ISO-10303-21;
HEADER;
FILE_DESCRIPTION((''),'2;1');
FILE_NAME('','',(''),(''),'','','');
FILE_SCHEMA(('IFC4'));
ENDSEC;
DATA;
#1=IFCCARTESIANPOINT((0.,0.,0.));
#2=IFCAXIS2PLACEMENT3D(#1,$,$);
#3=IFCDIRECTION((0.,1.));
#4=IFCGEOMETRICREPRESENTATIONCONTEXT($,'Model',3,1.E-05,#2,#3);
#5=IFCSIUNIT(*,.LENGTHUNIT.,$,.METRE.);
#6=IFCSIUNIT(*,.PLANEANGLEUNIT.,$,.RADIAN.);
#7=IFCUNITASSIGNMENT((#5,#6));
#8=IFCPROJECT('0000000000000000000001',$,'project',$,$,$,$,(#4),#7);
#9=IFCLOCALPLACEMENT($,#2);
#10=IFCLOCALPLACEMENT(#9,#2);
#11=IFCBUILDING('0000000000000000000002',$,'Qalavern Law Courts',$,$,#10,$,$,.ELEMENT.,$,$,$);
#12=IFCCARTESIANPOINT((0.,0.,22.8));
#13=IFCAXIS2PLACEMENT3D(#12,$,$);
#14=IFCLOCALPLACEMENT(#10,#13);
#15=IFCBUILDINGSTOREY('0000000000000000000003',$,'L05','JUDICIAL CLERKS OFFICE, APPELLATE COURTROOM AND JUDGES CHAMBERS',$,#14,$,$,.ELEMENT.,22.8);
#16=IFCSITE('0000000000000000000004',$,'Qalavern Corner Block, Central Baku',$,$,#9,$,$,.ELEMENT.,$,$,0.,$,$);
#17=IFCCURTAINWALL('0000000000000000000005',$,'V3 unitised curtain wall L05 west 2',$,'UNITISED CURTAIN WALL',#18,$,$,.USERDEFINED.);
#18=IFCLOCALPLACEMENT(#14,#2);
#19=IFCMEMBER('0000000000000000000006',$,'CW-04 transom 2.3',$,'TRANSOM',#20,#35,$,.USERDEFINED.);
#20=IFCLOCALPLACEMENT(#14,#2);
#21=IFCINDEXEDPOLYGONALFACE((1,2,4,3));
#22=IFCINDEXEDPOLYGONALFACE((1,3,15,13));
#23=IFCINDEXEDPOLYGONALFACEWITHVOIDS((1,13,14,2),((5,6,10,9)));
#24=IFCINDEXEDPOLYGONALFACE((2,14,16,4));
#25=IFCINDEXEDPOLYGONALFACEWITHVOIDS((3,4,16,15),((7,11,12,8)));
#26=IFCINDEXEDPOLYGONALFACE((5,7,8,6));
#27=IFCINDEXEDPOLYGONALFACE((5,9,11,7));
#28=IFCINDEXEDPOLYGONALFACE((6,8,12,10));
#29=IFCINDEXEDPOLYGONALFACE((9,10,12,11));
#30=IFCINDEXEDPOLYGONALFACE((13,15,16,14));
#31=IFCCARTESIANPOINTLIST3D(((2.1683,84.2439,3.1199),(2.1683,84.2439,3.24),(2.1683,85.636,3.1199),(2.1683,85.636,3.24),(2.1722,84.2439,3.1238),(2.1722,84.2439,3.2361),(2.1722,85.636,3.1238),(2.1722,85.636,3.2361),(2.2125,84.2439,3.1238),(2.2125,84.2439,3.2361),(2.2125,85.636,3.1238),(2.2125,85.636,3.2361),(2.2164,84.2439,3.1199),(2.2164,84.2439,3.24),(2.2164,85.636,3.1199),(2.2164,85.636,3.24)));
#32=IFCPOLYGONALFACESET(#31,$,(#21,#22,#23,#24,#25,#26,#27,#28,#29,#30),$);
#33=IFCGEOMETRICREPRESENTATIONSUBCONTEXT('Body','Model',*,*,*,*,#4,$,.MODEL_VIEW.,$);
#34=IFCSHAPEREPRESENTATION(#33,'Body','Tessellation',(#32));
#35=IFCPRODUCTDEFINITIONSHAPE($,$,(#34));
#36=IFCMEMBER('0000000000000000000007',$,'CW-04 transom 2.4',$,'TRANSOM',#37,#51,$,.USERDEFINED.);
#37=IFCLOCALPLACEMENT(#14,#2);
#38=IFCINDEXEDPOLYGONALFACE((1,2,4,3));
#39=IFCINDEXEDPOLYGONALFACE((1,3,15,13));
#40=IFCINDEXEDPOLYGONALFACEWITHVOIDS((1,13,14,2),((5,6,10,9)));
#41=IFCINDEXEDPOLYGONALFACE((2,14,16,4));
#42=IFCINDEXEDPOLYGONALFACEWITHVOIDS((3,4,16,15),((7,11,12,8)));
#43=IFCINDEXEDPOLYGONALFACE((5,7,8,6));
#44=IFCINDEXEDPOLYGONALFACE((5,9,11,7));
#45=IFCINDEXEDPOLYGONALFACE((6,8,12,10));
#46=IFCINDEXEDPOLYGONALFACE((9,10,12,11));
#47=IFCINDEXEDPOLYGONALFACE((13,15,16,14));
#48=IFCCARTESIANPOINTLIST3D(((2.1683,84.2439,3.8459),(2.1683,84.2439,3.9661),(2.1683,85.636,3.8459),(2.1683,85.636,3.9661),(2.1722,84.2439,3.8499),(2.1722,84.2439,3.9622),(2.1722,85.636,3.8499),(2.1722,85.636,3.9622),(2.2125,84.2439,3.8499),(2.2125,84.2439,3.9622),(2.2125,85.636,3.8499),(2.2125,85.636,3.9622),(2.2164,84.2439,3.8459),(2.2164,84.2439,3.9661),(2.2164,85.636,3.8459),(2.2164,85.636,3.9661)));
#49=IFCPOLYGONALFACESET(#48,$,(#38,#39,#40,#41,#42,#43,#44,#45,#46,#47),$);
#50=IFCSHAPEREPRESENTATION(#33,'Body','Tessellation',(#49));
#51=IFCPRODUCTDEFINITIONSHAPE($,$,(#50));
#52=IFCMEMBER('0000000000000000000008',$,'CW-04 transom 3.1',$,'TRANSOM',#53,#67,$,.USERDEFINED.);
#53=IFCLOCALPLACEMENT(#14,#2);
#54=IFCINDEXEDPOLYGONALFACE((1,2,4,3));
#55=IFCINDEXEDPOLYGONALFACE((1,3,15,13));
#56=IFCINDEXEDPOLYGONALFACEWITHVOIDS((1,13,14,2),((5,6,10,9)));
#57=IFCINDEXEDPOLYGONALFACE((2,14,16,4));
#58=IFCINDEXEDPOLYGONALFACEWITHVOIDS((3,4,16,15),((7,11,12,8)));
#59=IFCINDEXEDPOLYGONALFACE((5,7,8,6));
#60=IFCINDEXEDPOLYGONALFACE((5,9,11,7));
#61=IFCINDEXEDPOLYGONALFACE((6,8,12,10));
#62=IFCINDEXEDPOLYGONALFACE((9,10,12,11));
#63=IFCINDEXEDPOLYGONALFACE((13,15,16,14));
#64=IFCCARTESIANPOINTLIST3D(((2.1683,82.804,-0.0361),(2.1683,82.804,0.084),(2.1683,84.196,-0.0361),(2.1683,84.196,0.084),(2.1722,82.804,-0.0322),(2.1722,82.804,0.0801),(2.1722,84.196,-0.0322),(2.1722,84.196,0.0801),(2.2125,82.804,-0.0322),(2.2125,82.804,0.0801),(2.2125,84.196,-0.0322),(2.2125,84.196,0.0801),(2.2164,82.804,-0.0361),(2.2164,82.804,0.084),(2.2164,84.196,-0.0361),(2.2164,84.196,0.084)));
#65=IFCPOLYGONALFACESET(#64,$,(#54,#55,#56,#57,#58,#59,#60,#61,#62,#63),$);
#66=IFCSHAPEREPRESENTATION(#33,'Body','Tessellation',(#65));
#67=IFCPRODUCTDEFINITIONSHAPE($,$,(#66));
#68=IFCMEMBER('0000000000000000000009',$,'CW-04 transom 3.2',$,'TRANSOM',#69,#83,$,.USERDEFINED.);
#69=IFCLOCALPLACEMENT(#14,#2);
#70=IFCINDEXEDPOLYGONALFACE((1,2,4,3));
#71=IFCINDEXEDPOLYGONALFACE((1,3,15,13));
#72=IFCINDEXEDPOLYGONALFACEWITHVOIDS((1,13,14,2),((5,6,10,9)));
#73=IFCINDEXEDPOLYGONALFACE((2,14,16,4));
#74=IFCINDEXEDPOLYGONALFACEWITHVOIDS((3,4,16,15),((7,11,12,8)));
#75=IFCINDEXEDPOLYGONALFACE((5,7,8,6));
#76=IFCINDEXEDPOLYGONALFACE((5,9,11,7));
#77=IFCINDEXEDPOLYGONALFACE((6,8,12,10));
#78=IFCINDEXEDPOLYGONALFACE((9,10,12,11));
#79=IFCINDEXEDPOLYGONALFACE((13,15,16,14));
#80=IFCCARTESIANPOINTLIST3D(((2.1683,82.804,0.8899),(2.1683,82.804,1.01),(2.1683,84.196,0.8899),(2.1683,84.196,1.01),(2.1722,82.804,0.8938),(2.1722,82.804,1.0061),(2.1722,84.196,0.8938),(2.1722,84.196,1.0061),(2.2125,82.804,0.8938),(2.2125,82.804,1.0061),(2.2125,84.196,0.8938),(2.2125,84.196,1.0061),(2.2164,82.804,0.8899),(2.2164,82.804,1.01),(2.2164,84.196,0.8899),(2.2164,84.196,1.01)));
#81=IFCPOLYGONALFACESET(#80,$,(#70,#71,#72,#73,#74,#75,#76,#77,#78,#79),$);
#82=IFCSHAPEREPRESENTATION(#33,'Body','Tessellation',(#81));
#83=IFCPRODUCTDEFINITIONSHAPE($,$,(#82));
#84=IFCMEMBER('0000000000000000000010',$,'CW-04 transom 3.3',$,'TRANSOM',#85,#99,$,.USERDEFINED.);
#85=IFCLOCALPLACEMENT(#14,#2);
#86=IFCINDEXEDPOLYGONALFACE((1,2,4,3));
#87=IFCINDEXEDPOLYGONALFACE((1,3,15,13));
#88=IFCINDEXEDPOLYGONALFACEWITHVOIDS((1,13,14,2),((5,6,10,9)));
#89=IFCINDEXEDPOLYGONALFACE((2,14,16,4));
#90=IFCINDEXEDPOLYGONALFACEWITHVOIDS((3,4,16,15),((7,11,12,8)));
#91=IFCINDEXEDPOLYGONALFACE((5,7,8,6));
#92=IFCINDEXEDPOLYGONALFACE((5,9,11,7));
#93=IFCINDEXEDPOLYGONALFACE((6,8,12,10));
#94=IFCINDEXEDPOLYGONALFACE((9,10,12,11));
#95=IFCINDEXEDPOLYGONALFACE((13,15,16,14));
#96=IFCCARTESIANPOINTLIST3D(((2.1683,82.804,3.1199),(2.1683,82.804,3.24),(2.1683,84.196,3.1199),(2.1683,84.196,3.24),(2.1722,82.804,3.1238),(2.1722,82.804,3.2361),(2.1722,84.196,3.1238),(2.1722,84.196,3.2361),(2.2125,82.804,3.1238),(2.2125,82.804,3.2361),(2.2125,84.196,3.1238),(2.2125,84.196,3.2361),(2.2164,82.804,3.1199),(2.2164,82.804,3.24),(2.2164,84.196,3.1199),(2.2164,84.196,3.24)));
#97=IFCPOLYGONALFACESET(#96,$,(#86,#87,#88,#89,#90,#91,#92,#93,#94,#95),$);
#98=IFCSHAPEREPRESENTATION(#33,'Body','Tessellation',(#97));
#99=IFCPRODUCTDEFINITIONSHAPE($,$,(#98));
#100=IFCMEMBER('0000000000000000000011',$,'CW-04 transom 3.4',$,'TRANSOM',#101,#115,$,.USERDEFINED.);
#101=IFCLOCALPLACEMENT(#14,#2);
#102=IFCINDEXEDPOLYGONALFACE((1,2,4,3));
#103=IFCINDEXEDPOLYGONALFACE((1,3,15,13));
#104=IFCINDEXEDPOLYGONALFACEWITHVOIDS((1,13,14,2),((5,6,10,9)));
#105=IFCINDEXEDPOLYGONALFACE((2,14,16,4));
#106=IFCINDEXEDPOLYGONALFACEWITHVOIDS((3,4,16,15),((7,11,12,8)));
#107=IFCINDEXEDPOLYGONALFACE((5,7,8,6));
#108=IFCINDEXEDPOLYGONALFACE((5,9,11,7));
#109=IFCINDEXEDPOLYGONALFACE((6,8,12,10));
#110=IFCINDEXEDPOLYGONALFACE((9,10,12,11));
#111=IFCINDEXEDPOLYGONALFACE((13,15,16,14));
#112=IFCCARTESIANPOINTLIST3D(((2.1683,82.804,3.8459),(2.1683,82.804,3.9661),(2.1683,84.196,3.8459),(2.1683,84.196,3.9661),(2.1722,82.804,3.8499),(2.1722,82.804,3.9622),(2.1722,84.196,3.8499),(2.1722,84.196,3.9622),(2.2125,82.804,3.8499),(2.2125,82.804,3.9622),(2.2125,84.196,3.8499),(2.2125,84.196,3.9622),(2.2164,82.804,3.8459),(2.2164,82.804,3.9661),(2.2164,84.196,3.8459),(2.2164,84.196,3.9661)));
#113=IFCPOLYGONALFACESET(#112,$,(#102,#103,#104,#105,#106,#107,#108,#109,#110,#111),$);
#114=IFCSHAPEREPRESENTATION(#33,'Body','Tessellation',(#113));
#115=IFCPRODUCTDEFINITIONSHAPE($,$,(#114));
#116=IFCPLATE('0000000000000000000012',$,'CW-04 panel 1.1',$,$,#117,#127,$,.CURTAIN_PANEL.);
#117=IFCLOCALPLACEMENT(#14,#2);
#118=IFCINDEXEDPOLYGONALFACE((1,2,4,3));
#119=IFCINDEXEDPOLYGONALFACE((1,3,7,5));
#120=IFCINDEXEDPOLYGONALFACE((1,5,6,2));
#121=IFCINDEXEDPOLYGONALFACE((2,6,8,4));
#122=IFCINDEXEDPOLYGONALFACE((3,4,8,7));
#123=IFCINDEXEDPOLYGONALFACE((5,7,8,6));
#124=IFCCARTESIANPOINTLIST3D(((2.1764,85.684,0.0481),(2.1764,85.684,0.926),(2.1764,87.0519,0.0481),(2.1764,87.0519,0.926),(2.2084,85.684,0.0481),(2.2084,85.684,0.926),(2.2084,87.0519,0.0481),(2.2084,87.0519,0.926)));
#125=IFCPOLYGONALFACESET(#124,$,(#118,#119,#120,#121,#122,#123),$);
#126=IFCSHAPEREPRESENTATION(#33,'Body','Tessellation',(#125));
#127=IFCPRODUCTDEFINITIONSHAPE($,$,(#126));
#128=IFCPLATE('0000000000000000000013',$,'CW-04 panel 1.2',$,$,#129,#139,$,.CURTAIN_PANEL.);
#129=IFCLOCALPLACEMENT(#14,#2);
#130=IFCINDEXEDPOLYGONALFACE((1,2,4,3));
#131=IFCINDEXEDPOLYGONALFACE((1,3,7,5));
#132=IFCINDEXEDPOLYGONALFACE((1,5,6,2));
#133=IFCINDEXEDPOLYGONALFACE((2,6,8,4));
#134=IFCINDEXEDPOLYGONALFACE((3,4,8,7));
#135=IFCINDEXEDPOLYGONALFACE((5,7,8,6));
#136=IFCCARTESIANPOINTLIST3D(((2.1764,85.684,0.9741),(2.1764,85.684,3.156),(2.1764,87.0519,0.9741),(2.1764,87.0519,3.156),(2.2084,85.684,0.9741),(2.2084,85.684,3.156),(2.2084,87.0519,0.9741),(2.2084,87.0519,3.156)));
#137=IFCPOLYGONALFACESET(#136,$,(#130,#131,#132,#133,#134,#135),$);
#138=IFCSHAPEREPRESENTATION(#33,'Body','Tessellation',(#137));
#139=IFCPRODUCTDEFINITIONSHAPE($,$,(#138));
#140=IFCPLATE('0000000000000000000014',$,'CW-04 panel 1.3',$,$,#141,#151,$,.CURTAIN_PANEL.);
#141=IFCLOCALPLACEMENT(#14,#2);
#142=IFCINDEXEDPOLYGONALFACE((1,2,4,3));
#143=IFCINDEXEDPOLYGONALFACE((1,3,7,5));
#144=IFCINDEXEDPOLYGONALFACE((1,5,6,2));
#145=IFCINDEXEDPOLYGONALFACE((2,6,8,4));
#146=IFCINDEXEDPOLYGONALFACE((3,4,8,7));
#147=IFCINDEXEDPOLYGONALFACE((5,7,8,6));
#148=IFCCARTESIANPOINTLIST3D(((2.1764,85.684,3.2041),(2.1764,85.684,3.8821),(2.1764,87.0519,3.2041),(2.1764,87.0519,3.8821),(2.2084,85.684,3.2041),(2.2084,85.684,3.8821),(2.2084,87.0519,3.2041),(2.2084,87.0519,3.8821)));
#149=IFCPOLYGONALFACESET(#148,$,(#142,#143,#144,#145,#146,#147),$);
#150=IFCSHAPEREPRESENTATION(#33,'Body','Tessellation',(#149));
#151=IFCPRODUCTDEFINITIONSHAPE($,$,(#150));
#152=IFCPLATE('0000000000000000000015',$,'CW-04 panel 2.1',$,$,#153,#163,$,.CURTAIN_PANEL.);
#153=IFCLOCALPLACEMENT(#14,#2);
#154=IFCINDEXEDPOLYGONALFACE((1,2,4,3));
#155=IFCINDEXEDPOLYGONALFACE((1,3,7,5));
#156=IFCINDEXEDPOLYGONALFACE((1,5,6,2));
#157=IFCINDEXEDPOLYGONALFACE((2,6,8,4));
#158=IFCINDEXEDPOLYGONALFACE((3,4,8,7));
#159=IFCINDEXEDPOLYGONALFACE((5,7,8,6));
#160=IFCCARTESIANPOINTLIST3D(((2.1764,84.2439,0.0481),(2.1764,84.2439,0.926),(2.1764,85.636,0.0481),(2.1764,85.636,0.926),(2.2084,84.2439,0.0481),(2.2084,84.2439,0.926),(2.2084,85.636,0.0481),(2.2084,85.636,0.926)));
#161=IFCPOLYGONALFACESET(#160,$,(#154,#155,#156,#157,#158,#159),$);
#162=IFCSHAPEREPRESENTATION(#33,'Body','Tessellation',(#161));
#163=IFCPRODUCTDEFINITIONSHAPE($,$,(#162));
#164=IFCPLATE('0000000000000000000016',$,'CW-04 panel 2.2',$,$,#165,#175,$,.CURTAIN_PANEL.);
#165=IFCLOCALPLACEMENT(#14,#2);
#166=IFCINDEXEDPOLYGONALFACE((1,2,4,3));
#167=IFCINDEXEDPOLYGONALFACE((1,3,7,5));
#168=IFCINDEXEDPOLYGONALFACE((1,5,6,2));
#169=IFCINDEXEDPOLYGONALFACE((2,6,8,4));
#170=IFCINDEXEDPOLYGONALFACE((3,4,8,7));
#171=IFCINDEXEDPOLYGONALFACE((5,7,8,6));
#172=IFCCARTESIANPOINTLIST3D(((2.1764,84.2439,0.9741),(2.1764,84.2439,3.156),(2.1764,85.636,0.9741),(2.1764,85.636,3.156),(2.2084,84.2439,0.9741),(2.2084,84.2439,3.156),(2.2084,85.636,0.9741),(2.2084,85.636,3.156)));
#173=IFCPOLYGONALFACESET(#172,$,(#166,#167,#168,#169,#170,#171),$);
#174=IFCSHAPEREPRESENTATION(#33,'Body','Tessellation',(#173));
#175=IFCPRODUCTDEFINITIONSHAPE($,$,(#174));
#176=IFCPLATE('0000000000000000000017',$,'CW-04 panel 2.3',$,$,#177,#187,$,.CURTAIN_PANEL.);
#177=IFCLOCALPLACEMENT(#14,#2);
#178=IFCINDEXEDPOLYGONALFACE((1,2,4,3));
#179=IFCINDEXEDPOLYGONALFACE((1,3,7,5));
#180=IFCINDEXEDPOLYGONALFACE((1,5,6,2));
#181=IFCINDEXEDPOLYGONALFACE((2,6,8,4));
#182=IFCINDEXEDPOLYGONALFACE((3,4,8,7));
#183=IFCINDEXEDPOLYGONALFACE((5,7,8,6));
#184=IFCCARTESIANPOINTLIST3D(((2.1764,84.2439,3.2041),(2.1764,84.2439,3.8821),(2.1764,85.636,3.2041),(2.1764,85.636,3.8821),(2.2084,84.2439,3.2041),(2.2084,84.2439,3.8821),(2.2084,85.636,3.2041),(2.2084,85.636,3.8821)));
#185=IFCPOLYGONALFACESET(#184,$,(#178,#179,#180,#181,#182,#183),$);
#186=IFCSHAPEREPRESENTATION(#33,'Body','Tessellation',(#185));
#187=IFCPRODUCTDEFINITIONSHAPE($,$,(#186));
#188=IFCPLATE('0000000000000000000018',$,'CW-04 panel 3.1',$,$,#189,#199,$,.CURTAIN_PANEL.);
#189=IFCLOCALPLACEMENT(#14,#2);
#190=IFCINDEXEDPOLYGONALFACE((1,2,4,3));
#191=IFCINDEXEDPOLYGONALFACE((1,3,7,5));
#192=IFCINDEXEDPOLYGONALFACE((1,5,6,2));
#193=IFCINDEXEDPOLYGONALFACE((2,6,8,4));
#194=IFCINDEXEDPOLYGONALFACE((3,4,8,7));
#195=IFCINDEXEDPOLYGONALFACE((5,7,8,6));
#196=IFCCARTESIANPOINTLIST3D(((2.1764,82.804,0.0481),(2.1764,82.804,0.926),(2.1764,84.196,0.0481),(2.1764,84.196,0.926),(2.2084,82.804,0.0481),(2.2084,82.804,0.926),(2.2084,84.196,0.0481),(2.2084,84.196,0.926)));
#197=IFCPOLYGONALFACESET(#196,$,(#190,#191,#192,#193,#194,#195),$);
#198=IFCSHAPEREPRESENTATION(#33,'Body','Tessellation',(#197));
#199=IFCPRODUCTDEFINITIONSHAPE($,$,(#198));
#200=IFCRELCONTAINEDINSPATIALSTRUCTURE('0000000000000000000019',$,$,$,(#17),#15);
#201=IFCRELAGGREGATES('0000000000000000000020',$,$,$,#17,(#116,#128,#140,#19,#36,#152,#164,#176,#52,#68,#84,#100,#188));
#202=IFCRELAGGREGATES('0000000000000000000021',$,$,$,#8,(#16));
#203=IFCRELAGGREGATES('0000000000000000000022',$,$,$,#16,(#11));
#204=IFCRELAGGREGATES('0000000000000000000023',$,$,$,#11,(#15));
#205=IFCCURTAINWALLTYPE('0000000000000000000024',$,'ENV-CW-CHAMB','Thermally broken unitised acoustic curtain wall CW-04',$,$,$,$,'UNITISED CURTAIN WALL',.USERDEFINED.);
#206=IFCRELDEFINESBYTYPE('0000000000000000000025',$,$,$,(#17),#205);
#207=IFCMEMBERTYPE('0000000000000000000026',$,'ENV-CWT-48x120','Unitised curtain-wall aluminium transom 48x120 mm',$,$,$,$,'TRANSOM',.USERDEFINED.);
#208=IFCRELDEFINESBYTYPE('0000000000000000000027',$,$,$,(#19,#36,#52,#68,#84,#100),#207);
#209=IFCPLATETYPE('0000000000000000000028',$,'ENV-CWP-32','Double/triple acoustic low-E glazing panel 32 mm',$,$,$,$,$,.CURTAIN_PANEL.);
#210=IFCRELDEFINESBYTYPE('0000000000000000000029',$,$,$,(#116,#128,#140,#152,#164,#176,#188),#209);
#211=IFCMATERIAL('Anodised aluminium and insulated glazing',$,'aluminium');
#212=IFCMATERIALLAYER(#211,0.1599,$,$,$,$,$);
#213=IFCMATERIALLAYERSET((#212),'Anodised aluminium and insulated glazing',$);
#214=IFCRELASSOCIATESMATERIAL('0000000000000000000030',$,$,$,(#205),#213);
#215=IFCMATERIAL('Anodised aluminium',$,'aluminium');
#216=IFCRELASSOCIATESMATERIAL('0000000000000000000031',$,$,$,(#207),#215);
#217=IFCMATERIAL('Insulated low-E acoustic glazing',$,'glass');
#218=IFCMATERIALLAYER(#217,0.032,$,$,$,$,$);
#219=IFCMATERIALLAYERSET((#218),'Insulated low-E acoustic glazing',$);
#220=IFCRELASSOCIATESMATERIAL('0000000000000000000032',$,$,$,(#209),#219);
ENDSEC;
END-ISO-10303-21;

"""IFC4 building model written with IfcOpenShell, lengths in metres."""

from ifc_helpers import new_model, si_unit, direction, frame, origin, origin_2d, place, context, subcontext, project, spatial, rectangle, hollow_rectangle, extrude, material, layer, layer_set, material_profile, profile_set, type_object, element, aggregate, save


model = new_model("IFC4")

# Units and contexts
model_context = context("Model", 3, precision=1e-05, world=origin(), true_north=direction((0.0, 1.0)))
body_context = subcontext(model_context, "Body", "Model", "MODEL_VIEW")
ifc_project = project(units=[si_unit("LENGTHUNIT", "METRE"), si_unit("PLANEANGLEUNIT", "RADIAN")], contexts=[model_context])

# Site, building, storey
site_placement = place(None, origin())
site = spatial("IfcSite", under=ifc_project, at=site_placement, Name="Qalavern Corner Block, Central Baku", CompositionType="ELEMENT", RefElevation=0.0)
building_placement = place(site_placement, origin())
building = spatial("IfcBuilding", under=site, at=building_placement, Name="Qalavern Law Courts", CompositionType="ELEMENT")
storey_placement = place(building_placement, frame((0.0, 0.0, 22.8)))
storey = spatial("IfcBuildingStorey", under=building, at=storey_placement, Name="L05", Description="JUDICIAL CLERKS OFFICE, APPELLATE COURTROOM AND JUDGES CHAMBERS", CompositionType="ELEMENT", Elevation=22.8)

# Curtain wall, members, plates
ifc_material_1 = material(Name="Anodised aluminium and insulated glazing", Category="aluminium")
ifc_layer_1 = layer(ifc_material_1, 0.1599)
ifc_layer_set_1 = layer_set([ifc_layer_1], Name="Anodised aluminium and insulated glazing")
curtain_wall_type = type_object("IfcCurtainWallType", Name="ENV-CW-CHAMB", Description="Thermally broken unitised acoustic curtain wall CW-04", ElementType="UNITISED CURTAIN WALL", PredefinedType="USERDEFINED", material=ifc_layer_set_1)
curtain_wall_placement = place(storey_placement, origin())
curtain_wall = element("IfcCurtainWall", 1, at=curtain_wall_placement, inside=storey, type_object=curtain_wall_type, Name="V3 unitised curtain wall L05 west 2", ObjectType="UNITISED CURTAIN WALL", PredefinedType="USERDEFINED")
ifc_material_2 = material(Name="Anodised aluminium", Category="aluminium")
ifc_material_profile_1 = material_profile(ifc_material_2, hollow_rectangle(XDim=0.0481, YDim=0.1201, WallThickness=0.0039, at=origin_2d()), Name="ALU TRANSOM 48x120")
ifc_profile_set_1 = profile_set([ifc_material_profile_1], Name="Anodised aluminium")
member_type_1 = type_object("IfcMemberType", Name="ENV-CWT-48x120", Description="Unitised curtain-wall aluminium transom 48x120 mm", ElementType="TRANSOM", PredefinedType="USERDEFINED", material=ifc_profile_set_1)
member_1_placement = place(storey_placement, frame((2.1924, 85.636, 3.1799), z_axis=(0.0, -1.0, 0.0), x_axis=(1.0, 0.0, 0.0)))
member_1 = element("IfcMember", 2, at=member_1_placement, type_object=member_type_1, Name="CW-04 transom 2.3", ObjectType="TRANSOM", PredefinedType="USERDEFINED", context=body_context, shape_type="SweptSolid", body=[
    extrude(hollow_rectangle(XDim=0.0481, YDim=0.1201, WallThickness=0.0039, at=origin_2d()), origin(), (0.0, 0.0, 1.0), 1.3921),
])
member_2_placement = place(storey_placement, frame((2.1924, 85.636, 3.906), z_axis=(0.0, -1.0, 0.0), x_axis=(1.0, 0.0, 0.0)))
member_2 = element("IfcMember", 3, at=member_2_placement, type_object=member_type_1, Name="CW-04 transom 2.4", ObjectType="TRANSOM", PredefinedType="USERDEFINED", context=body_context, shape_type="SweptSolid", body=[
    extrude(hollow_rectangle(XDim=0.0481, YDim=0.1201, WallThickness=0.0039, at=origin_2d()), origin(), (0.0, 0.0, 1.0), 1.3921),
])
member_3_placement = place(storey_placement, frame((2.1924, 84.196, 0.0239), z_axis=(0.0, -1.0, 0.0), x_axis=(1.0, 0.0, 0.0)))
member_3 = element("IfcMember", 4, at=member_3_placement, type_object=member_type_1, Name="CW-04 transom 3.1", ObjectType="TRANSOM", PredefinedType="USERDEFINED", context=body_context, shape_type="SweptSolid", body=[
    extrude(hollow_rectangle(XDim=0.0481, YDim=0.1201, WallThickness=0.0039, at=origin_2d()), origin(), (0.0, 0.0, 1.0), 1.3921),
])
member_4_placement = place(storey_placement, frame((2.1924, 84.196, 0.95), z_axis=(0.0, -1.0, 0.0), x_axis=(1.0, 0.0, 0.0)))
member_4 = element("IfcMember", 5, at=member_4_placement, type_object=member_type_1, Name="CW-04 transom 3.2", ObjectType="TRANSOM", PredefinedType="USERDEFINED", context=body_context, shape_type="SweptSolid", body=[
    extrude(hollow_rectangle(XDim=0.0481, YDim=0.1201, WallThickness=0.0039, at=origin_2d()), origin(), (0.0, 0.0, 1.0), 1.3921),
])
member_5_placement = place(storey_placement, frame((2.1924, 84.196, 3.1799), z_axis=(0.0, -1.0, 0.0), x_axis=(1.0, 0.0, 0.0)))
member_5 = element("IfcMember", 6, at=member_5_placement, type_object=member_type_1, Name="CW-04 transom 3.3", ObjectType="TRANSOM", PredefinedType="USERDEFINED", context=body_context, shape_type="SweptSolid", body=[
    extrude(hollow_rectangle(XDim=0.0481, YDim=0.1201, WallThickness=0.0039, at=origin_2d()), origin(), (0.0, 0.0, 1.0), 1.3921),
])
member_6_placement = place(storey_placement, frame((2.1924, 84.196, 3.906), z_axis=(0.0, -1.0, 0.0), x_axis=(1.0, 0.0, 0.0)))
member_6 = element("IfcMember", 7, at=member_6_placement, type_object=member_type_1, Name="CW-04 transom 3.4", ObjectType="TRANSOM", PredefinedType="USERDEFINED", context=body_context, shape_type="SweptSolid", body=[
    extrude(hollow_rectangle(XDim=0.0481, YDim=0.1201, WallThickness=0.0039, at=origin_2d()), origin(), (0.0, 0.0, 1.0), 1.3921),
])
ifc_material_3 = material(Name="Insulated low-E acoustic glazing", Category="glass")
ifc_layer_2 = layer(ifc_material_3, 0.032)
ifc_layer_set_2 = layer_set([ifc_layer_2], Name="Insulated low-E acoustic glazing")
plate_type = type_object("IfcPlateType", Name="ENV-CWP-32", Description="Double/triple acoustic low-E glazing panel 32 mm", PredefinedType="CURTAIN_PANEL", material=ifc_layer_set_2)
plate_1_placement = place(storey_placement, frame((2.1924, 86.3679, 0.0481), z_axis=(0.0, 0.0, 1.0), x_axis=(0.0, -1.0, 0.0)))
plate_1 = element("IfcPlate", 8, at=plate_1_placement, type_object=plate_type, Name="CW-04 panel 1.1", PredefinedType="CURTAIN_PANEL", context=body_context, shape_type="SweptSolid", body=[
    extrude(rectangle(XDim=1.3679, YDim=0.032, at=origin_2d()), origin(), (0.0, 0.0, 1.0), 0.8779),
])
plate_2_placement = place(storey_placement, frame((2.1924, 86.3679, 0.9741), z_axis=(0.0, 0.0, 1.0), x_axis=(0.0, -1.0, 0.0)))
plate_2 = element("IfcPlate", 9, at=plate_2_placement, type_object=plate_type, Name="CW-04 panel 1.2", PredefinedType="CURTAIN_PANEL", context=body_context, shape_type="SweptSolid", body=[
    extrude(rectangle(XDim=1.3679, YDim=0.032, at=origin_2d()), origin(), (0.0, 0.0, 1.0), 2.1819),
])
plate_3_placement = place(storey_placement, frame((2.1924, 86.3679, 3.2041), z_axis=(0.0, 0.0, 1.0), x_axis=(0.0, -1.0, 0.0)))
plate_3 = element("IfcPlate", 10, at=plate_3_placement, type_object=plate_type, Name="CW-04 panel 1.3", PredefinedType="CURTAIN_PANEL", context=body_context, shape_type="SweptSolid", body=[
    extrude(rectangle(XDim=1.3679, YDim=0.032, at=origin_2d()), origin(), (0.0, 0.0, 1.0), 0.678),
])
plate_4_placement = place(storey_placement, frame((2.1924, 84.9399, 0.0481), z_axis=(0.0, 0.0, 1.0), x_axis=(0.0, -1.0, 0.0)))
plate_4 = element("IfcPlate", 11, at=plate_4_placement, type_object=plate_type, Name="CW-04 panel 2.1", PredefinedType="CURTAIN_PANEL", context=body_context, shape_type="SweptSolid", body=[
    extrude(rectangle(XDim=1.3921, YDim=0.032, at=origin_2d()), origin(), (0.0, 0.0, 1.0), 0.8779),
])
plate_5_placement = place(storey_placement, frame((2.1924, 84.9399, 0.9741), z_axis=(0.0, 0.0, 1.0), x_axis=(0.0, -1.0, 0.0)))
plate_5 = element("IfcPlate", 12, at=plate_5_placement, type_object=plate_type, Name="CW-04 panel 2.2", PredefinedType="CURTAIN_PANEL", context=body_context, shape_type="SweptSolid", body=[
    extrude(rectangle(XDim=1.3921, YDim=0.032, at=origin_2d()), origin(), (0.0, 0.0, 1.0), 2.1819),
])
plate_6_placement = place(storey_placement, frame((2.1924, 84.9399, 3.2041), z_axis=(0.0, 0.0, 1.0), x_axis=(0.0, -1.0, 0.0)))
plate_6 = element("IfcPlate", 13, at=plate_6_placement, type_object=plate_type, Name="CW-04 panel 2.3", PredefinedType="CURTAIN_PANEL", context=body_context, shape_type="SweptSolid", body=[
    extrude(rectangle(XDim=1.3921, YDim=0.032, at=origin_2d()), origin(), (0.0, 0.0, 1.0), 0.678),
])
plate_7_placement = place(storey_placement, frame((2.1924, 83.5, 0.0481), z_axis=(0.0, 0.0, 1.0), x_axis=(0.0, -1.0, 0.0)))
plate_7 = element("IfcPlate", 14, at=plate_7_placement, type_object=plate_type, Name="CW-04 panel 3.1", PredefinedType="CURTAIN_PANEL", context=body_context, shape_type="SweptSolid", body=[
    extrude(rectangle(XDim=1.3921, YDim=0.032, at=origin_2d()), origin(), (0.0, 0.0, 1.0), 0.8779),
])
aggregate(curtain_wall, [plate_1, plate_2, plate_3, member_1, member_2, plate_4, plate_5, plate_6, member_3, member_4, member_5, member_6, plate_7])

save(model, "model.ifc")
